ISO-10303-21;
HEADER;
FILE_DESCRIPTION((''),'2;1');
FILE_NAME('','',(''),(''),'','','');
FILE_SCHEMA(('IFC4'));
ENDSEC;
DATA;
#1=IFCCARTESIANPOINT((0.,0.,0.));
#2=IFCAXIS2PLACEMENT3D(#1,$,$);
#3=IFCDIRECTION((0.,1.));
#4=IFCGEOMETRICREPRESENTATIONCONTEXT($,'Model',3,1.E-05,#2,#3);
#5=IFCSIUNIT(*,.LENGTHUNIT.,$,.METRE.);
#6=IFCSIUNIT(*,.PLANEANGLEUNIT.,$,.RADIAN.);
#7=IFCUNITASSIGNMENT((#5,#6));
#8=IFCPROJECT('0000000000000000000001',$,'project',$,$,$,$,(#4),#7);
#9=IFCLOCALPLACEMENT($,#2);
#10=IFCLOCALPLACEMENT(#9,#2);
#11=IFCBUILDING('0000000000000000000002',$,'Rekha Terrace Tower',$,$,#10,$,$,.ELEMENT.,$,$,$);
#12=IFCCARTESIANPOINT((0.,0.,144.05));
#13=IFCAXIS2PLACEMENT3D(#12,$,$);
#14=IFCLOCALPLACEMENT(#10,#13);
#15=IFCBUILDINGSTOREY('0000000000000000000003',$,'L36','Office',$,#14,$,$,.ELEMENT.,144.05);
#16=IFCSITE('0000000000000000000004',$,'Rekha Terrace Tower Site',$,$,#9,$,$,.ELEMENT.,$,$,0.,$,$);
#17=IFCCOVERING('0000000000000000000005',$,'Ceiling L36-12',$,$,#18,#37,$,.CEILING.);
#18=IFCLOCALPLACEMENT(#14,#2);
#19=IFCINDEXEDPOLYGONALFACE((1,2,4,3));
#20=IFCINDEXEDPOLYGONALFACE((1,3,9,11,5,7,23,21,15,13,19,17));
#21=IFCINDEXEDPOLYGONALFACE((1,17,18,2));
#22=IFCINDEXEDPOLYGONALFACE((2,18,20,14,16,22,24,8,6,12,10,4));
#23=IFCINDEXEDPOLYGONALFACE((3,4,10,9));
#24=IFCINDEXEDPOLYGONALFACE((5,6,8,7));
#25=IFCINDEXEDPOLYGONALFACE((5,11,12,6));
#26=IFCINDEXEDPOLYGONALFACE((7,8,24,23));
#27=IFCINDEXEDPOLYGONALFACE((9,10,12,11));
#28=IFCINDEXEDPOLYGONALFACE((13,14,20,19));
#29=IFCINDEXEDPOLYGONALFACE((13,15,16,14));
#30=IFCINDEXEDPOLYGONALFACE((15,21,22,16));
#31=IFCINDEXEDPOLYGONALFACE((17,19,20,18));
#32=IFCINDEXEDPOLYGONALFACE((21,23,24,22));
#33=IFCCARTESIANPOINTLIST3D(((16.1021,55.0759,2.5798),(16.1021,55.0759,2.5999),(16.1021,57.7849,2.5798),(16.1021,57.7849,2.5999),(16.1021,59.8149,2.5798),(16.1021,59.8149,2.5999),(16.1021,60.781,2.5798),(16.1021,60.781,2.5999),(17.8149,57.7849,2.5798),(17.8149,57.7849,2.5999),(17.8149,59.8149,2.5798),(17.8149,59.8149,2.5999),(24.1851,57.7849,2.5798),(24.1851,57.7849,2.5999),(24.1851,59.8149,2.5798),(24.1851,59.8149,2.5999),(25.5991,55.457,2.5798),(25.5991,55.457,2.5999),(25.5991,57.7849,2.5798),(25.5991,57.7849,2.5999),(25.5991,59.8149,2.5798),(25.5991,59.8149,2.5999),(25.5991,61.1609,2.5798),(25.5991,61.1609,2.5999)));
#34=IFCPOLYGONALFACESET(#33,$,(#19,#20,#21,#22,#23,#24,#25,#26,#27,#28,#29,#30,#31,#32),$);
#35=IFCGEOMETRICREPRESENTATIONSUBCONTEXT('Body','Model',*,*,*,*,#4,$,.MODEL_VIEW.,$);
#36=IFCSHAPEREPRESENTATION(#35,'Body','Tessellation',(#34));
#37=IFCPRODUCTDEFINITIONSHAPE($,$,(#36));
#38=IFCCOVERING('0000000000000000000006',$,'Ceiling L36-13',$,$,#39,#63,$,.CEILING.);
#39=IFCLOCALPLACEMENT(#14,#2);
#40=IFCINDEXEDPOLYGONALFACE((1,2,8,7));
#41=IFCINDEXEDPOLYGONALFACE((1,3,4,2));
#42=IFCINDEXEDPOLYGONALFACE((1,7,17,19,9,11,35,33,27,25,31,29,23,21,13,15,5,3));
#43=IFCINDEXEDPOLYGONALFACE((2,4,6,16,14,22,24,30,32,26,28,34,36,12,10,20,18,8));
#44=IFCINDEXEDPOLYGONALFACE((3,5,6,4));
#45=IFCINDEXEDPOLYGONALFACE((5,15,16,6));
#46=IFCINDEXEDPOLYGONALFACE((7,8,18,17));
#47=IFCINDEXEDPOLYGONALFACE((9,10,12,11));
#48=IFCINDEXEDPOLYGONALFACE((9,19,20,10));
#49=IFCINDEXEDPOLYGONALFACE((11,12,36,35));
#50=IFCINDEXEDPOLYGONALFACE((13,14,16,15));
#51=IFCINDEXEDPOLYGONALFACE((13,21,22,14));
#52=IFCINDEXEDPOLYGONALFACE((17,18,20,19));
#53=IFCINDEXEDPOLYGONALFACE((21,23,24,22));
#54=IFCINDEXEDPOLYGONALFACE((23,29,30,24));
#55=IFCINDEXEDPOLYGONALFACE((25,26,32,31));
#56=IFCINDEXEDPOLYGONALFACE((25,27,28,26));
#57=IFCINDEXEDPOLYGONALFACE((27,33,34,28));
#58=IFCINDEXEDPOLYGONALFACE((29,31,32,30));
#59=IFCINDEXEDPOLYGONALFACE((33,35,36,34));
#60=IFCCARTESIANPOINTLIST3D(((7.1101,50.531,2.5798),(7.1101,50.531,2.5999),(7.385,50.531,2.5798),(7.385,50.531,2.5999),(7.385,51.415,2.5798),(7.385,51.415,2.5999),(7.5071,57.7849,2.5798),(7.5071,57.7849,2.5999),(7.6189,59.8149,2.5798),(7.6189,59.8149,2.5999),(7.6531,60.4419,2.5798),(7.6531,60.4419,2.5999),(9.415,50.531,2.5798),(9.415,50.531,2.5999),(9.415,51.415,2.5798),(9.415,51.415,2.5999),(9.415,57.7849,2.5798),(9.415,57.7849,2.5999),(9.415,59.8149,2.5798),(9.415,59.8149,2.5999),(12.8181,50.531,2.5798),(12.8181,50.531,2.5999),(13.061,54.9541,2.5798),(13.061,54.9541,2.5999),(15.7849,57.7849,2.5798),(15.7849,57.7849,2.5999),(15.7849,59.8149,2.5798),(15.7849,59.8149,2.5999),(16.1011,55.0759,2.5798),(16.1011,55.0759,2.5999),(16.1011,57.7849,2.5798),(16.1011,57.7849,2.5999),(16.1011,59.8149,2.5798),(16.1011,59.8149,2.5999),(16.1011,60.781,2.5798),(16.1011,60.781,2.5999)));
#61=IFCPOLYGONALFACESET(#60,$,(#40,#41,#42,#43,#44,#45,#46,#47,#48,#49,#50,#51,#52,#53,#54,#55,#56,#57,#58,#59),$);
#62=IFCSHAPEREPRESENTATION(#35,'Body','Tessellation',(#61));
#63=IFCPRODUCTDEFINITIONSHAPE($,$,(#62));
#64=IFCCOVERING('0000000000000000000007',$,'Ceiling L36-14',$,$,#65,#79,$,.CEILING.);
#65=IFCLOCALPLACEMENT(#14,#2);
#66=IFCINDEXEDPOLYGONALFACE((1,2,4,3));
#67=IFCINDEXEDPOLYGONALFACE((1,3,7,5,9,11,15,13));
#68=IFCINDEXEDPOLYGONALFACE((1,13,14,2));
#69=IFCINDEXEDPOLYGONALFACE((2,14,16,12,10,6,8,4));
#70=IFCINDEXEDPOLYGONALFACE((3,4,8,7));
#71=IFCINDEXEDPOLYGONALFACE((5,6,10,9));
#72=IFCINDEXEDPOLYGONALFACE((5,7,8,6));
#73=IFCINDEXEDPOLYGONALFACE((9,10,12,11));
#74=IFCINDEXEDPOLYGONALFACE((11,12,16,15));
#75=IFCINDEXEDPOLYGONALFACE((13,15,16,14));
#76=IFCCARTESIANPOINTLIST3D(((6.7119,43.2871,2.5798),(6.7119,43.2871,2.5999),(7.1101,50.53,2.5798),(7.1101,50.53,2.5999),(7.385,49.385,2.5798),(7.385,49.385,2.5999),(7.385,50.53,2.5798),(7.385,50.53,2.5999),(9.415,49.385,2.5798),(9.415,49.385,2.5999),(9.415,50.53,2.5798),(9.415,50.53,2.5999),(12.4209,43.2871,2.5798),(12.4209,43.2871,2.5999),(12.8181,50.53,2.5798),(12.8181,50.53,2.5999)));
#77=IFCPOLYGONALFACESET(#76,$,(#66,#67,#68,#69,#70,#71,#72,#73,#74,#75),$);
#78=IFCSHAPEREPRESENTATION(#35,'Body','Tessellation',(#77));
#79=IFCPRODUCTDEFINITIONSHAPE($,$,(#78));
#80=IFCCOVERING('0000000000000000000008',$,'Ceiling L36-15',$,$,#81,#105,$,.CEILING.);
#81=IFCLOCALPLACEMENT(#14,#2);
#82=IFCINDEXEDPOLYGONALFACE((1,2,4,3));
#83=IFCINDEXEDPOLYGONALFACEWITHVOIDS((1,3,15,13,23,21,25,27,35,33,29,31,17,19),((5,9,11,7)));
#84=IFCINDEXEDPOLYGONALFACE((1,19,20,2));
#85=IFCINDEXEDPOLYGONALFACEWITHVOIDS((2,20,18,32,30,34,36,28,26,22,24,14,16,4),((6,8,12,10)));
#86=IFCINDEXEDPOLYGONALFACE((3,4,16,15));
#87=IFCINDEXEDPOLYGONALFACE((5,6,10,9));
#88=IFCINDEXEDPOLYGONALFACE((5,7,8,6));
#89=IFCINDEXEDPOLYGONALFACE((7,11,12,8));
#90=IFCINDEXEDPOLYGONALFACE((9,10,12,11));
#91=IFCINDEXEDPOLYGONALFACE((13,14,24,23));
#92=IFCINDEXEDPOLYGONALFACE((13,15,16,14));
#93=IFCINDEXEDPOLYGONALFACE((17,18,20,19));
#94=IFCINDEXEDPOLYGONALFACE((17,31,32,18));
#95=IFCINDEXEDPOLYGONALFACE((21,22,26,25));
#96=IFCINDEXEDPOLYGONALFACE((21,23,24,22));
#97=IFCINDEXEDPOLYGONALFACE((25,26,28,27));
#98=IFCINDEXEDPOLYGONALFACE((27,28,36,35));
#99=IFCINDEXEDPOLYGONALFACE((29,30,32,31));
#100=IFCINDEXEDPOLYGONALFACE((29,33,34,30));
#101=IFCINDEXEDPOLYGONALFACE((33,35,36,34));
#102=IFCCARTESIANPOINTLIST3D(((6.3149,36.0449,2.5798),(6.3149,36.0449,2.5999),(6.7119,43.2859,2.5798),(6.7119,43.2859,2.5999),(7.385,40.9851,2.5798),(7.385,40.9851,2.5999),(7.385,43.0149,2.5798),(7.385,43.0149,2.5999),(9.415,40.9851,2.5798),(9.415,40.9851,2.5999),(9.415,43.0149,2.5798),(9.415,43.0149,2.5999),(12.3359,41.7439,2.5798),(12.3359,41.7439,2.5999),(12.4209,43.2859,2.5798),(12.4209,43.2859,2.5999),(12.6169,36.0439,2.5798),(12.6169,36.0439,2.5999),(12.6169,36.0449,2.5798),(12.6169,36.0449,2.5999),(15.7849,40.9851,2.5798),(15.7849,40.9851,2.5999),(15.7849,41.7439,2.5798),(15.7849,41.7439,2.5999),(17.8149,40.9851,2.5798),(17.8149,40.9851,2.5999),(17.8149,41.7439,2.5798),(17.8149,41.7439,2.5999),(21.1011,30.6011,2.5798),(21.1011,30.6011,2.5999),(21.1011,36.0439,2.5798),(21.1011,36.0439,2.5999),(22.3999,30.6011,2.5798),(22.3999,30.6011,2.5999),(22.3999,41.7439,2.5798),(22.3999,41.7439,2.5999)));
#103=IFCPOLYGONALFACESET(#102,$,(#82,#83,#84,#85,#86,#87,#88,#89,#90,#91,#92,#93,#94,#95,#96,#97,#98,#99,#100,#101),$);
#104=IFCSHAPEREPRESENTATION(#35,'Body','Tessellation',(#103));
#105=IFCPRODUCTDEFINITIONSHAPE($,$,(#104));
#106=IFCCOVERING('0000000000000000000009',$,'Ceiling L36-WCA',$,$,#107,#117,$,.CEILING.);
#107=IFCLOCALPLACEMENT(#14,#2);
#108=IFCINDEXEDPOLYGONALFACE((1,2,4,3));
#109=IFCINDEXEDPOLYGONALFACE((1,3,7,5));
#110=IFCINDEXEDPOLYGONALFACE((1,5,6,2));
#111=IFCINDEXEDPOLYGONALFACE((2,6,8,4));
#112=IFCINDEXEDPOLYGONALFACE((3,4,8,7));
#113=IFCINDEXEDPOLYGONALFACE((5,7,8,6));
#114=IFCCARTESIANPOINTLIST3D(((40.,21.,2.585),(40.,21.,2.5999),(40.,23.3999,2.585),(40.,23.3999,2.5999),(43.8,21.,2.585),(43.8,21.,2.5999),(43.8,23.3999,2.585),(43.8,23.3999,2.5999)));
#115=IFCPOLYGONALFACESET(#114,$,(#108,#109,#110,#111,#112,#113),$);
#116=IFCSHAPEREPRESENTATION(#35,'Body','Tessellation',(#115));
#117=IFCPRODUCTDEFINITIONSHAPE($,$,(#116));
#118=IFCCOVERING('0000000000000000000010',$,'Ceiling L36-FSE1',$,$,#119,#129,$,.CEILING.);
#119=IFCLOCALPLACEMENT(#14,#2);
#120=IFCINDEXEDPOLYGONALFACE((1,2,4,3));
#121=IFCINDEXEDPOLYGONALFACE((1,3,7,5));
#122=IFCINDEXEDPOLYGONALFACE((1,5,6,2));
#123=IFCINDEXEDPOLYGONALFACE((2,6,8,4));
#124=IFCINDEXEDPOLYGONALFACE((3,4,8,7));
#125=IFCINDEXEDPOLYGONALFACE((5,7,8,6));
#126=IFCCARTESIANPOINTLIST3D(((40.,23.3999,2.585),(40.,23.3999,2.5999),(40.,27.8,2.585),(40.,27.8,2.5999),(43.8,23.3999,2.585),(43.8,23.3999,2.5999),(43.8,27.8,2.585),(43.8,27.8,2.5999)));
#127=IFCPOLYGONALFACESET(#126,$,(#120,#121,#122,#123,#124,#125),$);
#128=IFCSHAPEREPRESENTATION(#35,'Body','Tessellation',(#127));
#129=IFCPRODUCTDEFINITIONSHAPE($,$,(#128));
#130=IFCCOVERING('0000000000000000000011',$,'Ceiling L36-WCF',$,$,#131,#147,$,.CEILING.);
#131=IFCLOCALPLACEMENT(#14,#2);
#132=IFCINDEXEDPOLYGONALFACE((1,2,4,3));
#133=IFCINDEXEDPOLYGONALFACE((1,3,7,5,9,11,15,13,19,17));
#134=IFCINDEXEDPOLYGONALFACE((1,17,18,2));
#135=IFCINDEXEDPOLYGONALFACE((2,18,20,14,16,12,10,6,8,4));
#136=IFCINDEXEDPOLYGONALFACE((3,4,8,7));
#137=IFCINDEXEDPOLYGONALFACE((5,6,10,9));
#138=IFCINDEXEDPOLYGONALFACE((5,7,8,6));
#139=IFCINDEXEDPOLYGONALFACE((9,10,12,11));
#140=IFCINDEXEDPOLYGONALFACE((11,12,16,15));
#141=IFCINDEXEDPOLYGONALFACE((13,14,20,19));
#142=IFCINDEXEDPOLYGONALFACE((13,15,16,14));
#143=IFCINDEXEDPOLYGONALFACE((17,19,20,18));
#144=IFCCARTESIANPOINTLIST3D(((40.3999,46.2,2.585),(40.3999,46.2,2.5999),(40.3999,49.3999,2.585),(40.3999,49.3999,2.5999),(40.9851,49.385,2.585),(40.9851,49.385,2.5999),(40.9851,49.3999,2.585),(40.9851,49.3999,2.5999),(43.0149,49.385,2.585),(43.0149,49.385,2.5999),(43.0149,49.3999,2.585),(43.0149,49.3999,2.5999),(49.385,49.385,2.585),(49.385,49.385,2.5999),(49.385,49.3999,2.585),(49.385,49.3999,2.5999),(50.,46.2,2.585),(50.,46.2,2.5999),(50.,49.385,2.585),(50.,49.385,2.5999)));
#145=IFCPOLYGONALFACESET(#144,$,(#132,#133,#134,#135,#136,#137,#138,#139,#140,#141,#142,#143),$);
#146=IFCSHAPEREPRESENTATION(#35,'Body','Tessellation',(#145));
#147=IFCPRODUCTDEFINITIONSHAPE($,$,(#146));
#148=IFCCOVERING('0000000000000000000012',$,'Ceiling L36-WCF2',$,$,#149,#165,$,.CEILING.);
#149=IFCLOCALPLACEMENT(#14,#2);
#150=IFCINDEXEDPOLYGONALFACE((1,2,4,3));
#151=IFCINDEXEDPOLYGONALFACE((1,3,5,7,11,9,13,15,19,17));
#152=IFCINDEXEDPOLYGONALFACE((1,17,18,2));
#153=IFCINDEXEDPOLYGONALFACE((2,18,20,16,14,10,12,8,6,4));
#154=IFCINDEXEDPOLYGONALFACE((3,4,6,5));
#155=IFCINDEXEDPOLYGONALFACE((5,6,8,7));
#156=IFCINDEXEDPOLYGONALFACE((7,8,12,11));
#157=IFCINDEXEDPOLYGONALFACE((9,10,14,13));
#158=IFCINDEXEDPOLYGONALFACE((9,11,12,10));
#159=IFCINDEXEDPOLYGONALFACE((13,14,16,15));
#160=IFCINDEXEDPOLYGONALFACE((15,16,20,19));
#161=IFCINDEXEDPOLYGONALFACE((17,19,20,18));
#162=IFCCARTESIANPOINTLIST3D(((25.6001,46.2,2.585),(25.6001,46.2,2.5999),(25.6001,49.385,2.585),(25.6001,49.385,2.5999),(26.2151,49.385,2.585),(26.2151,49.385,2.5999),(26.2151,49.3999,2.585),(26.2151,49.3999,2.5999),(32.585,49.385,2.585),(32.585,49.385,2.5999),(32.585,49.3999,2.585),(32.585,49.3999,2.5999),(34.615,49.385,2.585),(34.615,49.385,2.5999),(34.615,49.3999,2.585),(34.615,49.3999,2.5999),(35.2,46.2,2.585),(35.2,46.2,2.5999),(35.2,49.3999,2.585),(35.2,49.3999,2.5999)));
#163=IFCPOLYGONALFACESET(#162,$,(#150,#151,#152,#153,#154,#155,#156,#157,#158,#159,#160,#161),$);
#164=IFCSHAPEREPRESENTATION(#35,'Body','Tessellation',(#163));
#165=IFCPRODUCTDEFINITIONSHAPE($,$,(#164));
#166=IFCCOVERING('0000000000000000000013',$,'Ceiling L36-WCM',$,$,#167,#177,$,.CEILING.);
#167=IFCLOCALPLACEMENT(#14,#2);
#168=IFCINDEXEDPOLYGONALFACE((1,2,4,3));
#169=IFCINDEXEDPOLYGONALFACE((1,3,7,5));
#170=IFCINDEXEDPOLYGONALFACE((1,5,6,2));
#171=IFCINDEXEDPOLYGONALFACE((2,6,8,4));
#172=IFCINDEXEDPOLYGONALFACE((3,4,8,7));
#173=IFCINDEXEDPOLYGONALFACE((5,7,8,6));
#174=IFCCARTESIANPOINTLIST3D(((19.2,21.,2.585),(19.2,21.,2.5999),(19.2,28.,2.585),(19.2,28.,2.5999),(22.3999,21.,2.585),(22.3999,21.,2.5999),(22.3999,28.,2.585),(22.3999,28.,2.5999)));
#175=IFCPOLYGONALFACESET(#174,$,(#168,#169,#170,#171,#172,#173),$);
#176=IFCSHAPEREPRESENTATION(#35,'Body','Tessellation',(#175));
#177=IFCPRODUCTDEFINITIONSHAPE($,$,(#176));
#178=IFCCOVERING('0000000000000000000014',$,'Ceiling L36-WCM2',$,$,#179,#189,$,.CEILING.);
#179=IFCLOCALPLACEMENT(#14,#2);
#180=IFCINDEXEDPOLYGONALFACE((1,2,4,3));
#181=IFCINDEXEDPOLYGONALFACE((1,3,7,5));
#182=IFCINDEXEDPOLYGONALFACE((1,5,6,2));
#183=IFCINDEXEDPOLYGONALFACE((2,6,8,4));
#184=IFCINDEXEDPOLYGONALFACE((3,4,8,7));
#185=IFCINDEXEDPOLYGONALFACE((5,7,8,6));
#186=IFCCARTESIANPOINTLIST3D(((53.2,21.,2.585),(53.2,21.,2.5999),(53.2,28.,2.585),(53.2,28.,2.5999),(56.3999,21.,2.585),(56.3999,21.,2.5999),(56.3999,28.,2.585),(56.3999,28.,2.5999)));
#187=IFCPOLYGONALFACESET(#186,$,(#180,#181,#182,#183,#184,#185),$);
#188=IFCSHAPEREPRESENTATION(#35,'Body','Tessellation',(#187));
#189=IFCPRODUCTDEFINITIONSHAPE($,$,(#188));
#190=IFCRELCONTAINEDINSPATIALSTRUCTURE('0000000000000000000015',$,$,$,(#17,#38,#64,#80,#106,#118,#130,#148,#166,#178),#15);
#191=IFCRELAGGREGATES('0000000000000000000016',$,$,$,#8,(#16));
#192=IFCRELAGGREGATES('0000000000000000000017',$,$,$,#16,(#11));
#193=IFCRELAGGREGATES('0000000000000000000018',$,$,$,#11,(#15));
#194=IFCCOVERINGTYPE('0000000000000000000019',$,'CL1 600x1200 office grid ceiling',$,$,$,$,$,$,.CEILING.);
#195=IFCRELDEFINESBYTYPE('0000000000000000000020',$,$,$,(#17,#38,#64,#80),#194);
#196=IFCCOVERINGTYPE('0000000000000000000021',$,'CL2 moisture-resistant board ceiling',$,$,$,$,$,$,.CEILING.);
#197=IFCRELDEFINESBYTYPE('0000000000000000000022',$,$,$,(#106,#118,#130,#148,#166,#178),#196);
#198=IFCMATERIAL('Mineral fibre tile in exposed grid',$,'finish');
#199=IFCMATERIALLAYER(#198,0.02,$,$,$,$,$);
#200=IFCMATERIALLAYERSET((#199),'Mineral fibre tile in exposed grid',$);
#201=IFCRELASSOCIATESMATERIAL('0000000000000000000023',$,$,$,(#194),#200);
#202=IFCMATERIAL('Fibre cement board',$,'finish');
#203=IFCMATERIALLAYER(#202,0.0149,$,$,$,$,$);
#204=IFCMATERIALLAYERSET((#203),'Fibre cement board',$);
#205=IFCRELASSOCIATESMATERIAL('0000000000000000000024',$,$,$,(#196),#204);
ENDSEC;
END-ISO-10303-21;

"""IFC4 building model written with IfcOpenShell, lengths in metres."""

from ifc_helpers import new_model, si_unit, direction, frame, origin, place, context, subcontext, project, spatial, polyline, outline, extrude, material, layer, layer_set, type_object, element, save


model = new_model("IFC4")

# Units and contexts
model_context = context("Model", 3, precision=1e-05, world=origin(), true_north=direction((0.0, 1.0)))
body_context = subcontext(model_context, "Body", "Model", "MODEL_VIEW")
ifc_project = project(units=[si_unit("LENGTHUNIT", "METRE"), si_unit("PLANEANGLEUNIT", "RADIAN")], contexts=[model_context])

# Site, building, storey
site_placement = place(None, origin())
site = spatial("IfcSite", under=ifc_project, at=site_placement, Name="Rekha Terrace Tower Site", CompositionType="ELEMENT", RefElevation=0.0)
building_placement = place(site_placement, origin())
building = spatial("IfcBuilding", under=site, at=building_placement, Name="Rekha Terrace Tower", CompositionType="ELEMENT")
storey_placement = place(building_placement, frame((0.0, 0.0, 144.05)))
storey = spatial("IfcBuildingStorey", under=building, at=storey_placement, Name="L36", Description="Office", CompositionType="ELEMENT", Elevation=144.05)

# Coverings
ifc_material_1 = material(Name="Mineral fibre tile in exposed grid", Category="finish")
ifc_layer_1 = layer(ifc_material_1, 0.02)
ifc_layer_set_1 = layer_set([ifc_layer_1], Name="Mineral fibre tile in exposed grid")
covering_type_1 = type_object("IfcCoveringType", Name="CL1 600x1200 office grid ceiling", PredefinedType="CEILING", material=ifc_layer_set_1)
covering_1_placement = place(storey_placement, frame((0.0, 0.0, 2.5798)))
element("IfcCovering", 1, at=covering_1_placement, inside=storey, type_object=covering_type_1, Name="Ceiling L36-12", PredefinedType="CEILING", context=body_context, shape_type="SweptSolid", body=[
    extrude(outline(polyline([(16.1021, 57.7849), (16.1021, 55.0759), (25.5991, 55.457), (25.5991, 57.7849), (24.1851, 57.7849), (24.1851, 59.8149), (25.5991, 59.8149), (25.5991, 61.1609), (16.1021, 60.781), (16.1021, 59.8149), (17.8149, 59.8149), (17.8149, 57.7849), (16.1021, 57.7849)])), origin(), (0.0, 0.0, 1.0), 0.02),
])
covering_2_placement = place(storey_placement, frame((0.0, 0.0, 2.5798)))
element("IfcCovering", 2, at=covering_2_placement, inside=storey, type_object=covering_type_1, Name="Ceiling L36-13", PredefinedType="CEILING", context=body_context, shape_type="SweptSolid", body=[
    extrude(outline(polyline([(15.7849, 59.8149), (16.1011, 59.8149), (16.1011, 60.781), (7.6531, 60.4419), (7.6189, 59.8149), (9.415, 59.8149), (9.415, 57.7849), (7.5071, 57.7849), (7.1101, 50.531), (7.385, 50.531), (7.385, 51.415), (9.415, 51.415), (9.415, 50.531), (12.8181, 50.531), (13.061, 54.9541), (16.1011, 55.0759), (16.1011, 57.7849), (15.7849, 57.7849), (15.7849, 59.8149)])), origin(), (0.0, 0.0, 1.0), 0.02),
])
covering_3_placement = place(storey_placement, frame((0.0, 0.0, 2.5798)))
element("IfcCovering", 3, at=covering_3_placement, inside=storey, type_object=covering_type_1, Name="Ceiling L36-14", PredefinedType="CEILING", context=body_context, shape_type="SweptSolid", body=[
    extrude(outline(polyline([(6.7119, 43.2871), (12.4209, 43.2871), (12.8181, 50.53), (9.415, 50.53), (9.415, 49.385), (7.385, 49.385), (7.385, 50.53), (7.1101, 50.53), (6.7119, 43.2871)])), origin(), (0.0, 0.0, 1.0), 0.02),
])
covering_4_placement = place(storey_placement, frame((0.0, 0.0, 2.5798)))
element("IfcCovering", 4, at=covering_4_placement, inside=storey, type_object=covering_type_1, Name="Ceiling L36-15", PredefinedType="CEILING", context=body_context, shape_type="SweptSolid", body=[
    extrude(outline(polyline([(6.7119, 43.2859), (6.3149, 36.0449), (12.6169, 36.0449), (12.6169, 36.0439), (21.1011, 36.0439), (21.1011, 30.6011), (22.3999, 30.6011), (22.3999, 41.7439), (17.8149, 41.7439), (17.8149, 40.9851), (15.7849, 40.9851), (15.7849, 41.7439), (12.3359, 41.7439), (12.4209, 43.2859), (6.7119, 43.2859)]), holes=[polyline([(9.415, 40.9851), (7.385, 40.9851), (7.385, 43.0149), (9.415, 43.0149), (9.415, 40.9851)])]), origin(), (0.0, 0.0, 1.0), 0.02),
])
ifc_material_2 = material(Name="Fibre cement board", Category="finish")
ifc_layer_2 = layer(ifc_material_2, 0.0149)
ifc_layer_set_2 = layer_set([ifc_layer_2], Name="Fibre cement board")
covering_type_2 = type_object("IfcCoveringType", Name="CL2 moisture-resistant board ceiling", PredefinedType="CEILING", material=ifc_layer_set_2)
covering_5_placement = place(storey_placement, frame((0.0, 0.0, 2.585)))
element("IfcCovering", 5, at=covering_5_placement, inside=storey, type_object=covering_type_2, Name="Ceiling L36-WCA", PredefinedType="CEILING", context=body_context, shape_type="SweptSolid", body=[
    extrude(outline(polyline([(43.8, 23.3999), (40.0, 23.3999), (40.0, 21.0), (43.8, 21.0), (43.8, 23.3999)])), origin(), (0.0, 0.0, 1.0), 0.0149),
])
covering_6_placement = place(storey_placement, frame((0.0, 0.0, 2.585)))
element("IfcCovering", 6, at=covering_6_placement, inside=storey, type_object=covering_type_2, Name="Ceiling L36-FSE1", PredefinedType="CEILING", context=body_context, shape_type="SweptSolid", body=[
    extrude(outline(polyline([(43.8, 27.8), (40.0, 27.8), (40.0, 23.3999), (43.8, 23.3999), (43.8, 27.8)])), origin(), (0.0, 0.0, 1.0), 0.0149),
])
covering_7_placement = place(storey_placement, frame((0.0, 0.0, 2.585)))
element("IfcCovering", 7, at=covering_7_placement, inside=storey, type_object=covering_type_2, Name="Ceiling L36-WCF", PredefinedType="CEILING", context=body_context, shape_type="SweptSolid", body=[
    extrude(outline(polyline([(40.9851, 49.3999), (40.3999, 49.3999), (40.3999, 46.2), (50.0, 46.2), (50.0, 49.385), (49.385, 49.385), (49.385, 49.3999), (43.0149, 49.3999), (43.0149, 49.385), (40.9851, 49.385), (40.9851, 49.3999)])), origin(), (0.0, 0.0, 1.0), 0.0149),
])
covering_8_placement = place(storey_placement, frame((0.0, 0.0, 2.585)))
element("IfcCovering", 8, at=covering_8_placement, inside=storey, type_object=covering_type_2, Name="Ceiling L36-WCF2", PredefinedType="CEILING", context=body_context, shape_type="SweptSolid", body=[
    extrude(outline(polyline([(26.2151, 49.385), (25.6001, 49.385), (25.6001, 46.2), (35.2, 46.2), (35.2, 49.3999), (34.615, 49.3999), (34.615, 49.385), (32.585, 49.385), (32.585, 49.3999), (26.2151, 49.3999), (26.2151, 49.385)])), origin(), (0.0, 0.0, 1.0), 0.0149),
])
covering_9_placement = place(storey_placement, frame((0.0, 0.0, 2.585)))
element("IfcCovering", 9, at=covering_9_placement, inside=storey, type_object=covering_type_2, Name="Ceiling L36-WCM", PredefinedType="CEILING", context=body_context, shape_type="SweptSolid", body=[
    extrude(outline(polyline([(22.3999, 28.0), (19.2, 28.0), (19.2, 21.0), (22.3999, 21.0), (22.3999, 28.0)])), origin(), (0.0, 0.0, 1.0), 0.0149),
])
covering_10_placement = place(storey_placement, frame((0.0, 0.0, 2.585)))
element("IfcCovering", 10, at=covering_10_placement, inside=storey, type_object=covering_type_2, Name="Ceiling L36-WCM2", PredefinedType="CEILING", context=body_context, shape_type="SweptSolid", body=[
    extrude(outline(polyline([(56.3999, 28.0), (53.2, 28.0), (53.2, 21.0), (56.3999, 21.0), (56.3999, 28.0)])), origin(), (0.0, 0.0, 1.0), 0.0149),
])

save(model, "model.ifc")
